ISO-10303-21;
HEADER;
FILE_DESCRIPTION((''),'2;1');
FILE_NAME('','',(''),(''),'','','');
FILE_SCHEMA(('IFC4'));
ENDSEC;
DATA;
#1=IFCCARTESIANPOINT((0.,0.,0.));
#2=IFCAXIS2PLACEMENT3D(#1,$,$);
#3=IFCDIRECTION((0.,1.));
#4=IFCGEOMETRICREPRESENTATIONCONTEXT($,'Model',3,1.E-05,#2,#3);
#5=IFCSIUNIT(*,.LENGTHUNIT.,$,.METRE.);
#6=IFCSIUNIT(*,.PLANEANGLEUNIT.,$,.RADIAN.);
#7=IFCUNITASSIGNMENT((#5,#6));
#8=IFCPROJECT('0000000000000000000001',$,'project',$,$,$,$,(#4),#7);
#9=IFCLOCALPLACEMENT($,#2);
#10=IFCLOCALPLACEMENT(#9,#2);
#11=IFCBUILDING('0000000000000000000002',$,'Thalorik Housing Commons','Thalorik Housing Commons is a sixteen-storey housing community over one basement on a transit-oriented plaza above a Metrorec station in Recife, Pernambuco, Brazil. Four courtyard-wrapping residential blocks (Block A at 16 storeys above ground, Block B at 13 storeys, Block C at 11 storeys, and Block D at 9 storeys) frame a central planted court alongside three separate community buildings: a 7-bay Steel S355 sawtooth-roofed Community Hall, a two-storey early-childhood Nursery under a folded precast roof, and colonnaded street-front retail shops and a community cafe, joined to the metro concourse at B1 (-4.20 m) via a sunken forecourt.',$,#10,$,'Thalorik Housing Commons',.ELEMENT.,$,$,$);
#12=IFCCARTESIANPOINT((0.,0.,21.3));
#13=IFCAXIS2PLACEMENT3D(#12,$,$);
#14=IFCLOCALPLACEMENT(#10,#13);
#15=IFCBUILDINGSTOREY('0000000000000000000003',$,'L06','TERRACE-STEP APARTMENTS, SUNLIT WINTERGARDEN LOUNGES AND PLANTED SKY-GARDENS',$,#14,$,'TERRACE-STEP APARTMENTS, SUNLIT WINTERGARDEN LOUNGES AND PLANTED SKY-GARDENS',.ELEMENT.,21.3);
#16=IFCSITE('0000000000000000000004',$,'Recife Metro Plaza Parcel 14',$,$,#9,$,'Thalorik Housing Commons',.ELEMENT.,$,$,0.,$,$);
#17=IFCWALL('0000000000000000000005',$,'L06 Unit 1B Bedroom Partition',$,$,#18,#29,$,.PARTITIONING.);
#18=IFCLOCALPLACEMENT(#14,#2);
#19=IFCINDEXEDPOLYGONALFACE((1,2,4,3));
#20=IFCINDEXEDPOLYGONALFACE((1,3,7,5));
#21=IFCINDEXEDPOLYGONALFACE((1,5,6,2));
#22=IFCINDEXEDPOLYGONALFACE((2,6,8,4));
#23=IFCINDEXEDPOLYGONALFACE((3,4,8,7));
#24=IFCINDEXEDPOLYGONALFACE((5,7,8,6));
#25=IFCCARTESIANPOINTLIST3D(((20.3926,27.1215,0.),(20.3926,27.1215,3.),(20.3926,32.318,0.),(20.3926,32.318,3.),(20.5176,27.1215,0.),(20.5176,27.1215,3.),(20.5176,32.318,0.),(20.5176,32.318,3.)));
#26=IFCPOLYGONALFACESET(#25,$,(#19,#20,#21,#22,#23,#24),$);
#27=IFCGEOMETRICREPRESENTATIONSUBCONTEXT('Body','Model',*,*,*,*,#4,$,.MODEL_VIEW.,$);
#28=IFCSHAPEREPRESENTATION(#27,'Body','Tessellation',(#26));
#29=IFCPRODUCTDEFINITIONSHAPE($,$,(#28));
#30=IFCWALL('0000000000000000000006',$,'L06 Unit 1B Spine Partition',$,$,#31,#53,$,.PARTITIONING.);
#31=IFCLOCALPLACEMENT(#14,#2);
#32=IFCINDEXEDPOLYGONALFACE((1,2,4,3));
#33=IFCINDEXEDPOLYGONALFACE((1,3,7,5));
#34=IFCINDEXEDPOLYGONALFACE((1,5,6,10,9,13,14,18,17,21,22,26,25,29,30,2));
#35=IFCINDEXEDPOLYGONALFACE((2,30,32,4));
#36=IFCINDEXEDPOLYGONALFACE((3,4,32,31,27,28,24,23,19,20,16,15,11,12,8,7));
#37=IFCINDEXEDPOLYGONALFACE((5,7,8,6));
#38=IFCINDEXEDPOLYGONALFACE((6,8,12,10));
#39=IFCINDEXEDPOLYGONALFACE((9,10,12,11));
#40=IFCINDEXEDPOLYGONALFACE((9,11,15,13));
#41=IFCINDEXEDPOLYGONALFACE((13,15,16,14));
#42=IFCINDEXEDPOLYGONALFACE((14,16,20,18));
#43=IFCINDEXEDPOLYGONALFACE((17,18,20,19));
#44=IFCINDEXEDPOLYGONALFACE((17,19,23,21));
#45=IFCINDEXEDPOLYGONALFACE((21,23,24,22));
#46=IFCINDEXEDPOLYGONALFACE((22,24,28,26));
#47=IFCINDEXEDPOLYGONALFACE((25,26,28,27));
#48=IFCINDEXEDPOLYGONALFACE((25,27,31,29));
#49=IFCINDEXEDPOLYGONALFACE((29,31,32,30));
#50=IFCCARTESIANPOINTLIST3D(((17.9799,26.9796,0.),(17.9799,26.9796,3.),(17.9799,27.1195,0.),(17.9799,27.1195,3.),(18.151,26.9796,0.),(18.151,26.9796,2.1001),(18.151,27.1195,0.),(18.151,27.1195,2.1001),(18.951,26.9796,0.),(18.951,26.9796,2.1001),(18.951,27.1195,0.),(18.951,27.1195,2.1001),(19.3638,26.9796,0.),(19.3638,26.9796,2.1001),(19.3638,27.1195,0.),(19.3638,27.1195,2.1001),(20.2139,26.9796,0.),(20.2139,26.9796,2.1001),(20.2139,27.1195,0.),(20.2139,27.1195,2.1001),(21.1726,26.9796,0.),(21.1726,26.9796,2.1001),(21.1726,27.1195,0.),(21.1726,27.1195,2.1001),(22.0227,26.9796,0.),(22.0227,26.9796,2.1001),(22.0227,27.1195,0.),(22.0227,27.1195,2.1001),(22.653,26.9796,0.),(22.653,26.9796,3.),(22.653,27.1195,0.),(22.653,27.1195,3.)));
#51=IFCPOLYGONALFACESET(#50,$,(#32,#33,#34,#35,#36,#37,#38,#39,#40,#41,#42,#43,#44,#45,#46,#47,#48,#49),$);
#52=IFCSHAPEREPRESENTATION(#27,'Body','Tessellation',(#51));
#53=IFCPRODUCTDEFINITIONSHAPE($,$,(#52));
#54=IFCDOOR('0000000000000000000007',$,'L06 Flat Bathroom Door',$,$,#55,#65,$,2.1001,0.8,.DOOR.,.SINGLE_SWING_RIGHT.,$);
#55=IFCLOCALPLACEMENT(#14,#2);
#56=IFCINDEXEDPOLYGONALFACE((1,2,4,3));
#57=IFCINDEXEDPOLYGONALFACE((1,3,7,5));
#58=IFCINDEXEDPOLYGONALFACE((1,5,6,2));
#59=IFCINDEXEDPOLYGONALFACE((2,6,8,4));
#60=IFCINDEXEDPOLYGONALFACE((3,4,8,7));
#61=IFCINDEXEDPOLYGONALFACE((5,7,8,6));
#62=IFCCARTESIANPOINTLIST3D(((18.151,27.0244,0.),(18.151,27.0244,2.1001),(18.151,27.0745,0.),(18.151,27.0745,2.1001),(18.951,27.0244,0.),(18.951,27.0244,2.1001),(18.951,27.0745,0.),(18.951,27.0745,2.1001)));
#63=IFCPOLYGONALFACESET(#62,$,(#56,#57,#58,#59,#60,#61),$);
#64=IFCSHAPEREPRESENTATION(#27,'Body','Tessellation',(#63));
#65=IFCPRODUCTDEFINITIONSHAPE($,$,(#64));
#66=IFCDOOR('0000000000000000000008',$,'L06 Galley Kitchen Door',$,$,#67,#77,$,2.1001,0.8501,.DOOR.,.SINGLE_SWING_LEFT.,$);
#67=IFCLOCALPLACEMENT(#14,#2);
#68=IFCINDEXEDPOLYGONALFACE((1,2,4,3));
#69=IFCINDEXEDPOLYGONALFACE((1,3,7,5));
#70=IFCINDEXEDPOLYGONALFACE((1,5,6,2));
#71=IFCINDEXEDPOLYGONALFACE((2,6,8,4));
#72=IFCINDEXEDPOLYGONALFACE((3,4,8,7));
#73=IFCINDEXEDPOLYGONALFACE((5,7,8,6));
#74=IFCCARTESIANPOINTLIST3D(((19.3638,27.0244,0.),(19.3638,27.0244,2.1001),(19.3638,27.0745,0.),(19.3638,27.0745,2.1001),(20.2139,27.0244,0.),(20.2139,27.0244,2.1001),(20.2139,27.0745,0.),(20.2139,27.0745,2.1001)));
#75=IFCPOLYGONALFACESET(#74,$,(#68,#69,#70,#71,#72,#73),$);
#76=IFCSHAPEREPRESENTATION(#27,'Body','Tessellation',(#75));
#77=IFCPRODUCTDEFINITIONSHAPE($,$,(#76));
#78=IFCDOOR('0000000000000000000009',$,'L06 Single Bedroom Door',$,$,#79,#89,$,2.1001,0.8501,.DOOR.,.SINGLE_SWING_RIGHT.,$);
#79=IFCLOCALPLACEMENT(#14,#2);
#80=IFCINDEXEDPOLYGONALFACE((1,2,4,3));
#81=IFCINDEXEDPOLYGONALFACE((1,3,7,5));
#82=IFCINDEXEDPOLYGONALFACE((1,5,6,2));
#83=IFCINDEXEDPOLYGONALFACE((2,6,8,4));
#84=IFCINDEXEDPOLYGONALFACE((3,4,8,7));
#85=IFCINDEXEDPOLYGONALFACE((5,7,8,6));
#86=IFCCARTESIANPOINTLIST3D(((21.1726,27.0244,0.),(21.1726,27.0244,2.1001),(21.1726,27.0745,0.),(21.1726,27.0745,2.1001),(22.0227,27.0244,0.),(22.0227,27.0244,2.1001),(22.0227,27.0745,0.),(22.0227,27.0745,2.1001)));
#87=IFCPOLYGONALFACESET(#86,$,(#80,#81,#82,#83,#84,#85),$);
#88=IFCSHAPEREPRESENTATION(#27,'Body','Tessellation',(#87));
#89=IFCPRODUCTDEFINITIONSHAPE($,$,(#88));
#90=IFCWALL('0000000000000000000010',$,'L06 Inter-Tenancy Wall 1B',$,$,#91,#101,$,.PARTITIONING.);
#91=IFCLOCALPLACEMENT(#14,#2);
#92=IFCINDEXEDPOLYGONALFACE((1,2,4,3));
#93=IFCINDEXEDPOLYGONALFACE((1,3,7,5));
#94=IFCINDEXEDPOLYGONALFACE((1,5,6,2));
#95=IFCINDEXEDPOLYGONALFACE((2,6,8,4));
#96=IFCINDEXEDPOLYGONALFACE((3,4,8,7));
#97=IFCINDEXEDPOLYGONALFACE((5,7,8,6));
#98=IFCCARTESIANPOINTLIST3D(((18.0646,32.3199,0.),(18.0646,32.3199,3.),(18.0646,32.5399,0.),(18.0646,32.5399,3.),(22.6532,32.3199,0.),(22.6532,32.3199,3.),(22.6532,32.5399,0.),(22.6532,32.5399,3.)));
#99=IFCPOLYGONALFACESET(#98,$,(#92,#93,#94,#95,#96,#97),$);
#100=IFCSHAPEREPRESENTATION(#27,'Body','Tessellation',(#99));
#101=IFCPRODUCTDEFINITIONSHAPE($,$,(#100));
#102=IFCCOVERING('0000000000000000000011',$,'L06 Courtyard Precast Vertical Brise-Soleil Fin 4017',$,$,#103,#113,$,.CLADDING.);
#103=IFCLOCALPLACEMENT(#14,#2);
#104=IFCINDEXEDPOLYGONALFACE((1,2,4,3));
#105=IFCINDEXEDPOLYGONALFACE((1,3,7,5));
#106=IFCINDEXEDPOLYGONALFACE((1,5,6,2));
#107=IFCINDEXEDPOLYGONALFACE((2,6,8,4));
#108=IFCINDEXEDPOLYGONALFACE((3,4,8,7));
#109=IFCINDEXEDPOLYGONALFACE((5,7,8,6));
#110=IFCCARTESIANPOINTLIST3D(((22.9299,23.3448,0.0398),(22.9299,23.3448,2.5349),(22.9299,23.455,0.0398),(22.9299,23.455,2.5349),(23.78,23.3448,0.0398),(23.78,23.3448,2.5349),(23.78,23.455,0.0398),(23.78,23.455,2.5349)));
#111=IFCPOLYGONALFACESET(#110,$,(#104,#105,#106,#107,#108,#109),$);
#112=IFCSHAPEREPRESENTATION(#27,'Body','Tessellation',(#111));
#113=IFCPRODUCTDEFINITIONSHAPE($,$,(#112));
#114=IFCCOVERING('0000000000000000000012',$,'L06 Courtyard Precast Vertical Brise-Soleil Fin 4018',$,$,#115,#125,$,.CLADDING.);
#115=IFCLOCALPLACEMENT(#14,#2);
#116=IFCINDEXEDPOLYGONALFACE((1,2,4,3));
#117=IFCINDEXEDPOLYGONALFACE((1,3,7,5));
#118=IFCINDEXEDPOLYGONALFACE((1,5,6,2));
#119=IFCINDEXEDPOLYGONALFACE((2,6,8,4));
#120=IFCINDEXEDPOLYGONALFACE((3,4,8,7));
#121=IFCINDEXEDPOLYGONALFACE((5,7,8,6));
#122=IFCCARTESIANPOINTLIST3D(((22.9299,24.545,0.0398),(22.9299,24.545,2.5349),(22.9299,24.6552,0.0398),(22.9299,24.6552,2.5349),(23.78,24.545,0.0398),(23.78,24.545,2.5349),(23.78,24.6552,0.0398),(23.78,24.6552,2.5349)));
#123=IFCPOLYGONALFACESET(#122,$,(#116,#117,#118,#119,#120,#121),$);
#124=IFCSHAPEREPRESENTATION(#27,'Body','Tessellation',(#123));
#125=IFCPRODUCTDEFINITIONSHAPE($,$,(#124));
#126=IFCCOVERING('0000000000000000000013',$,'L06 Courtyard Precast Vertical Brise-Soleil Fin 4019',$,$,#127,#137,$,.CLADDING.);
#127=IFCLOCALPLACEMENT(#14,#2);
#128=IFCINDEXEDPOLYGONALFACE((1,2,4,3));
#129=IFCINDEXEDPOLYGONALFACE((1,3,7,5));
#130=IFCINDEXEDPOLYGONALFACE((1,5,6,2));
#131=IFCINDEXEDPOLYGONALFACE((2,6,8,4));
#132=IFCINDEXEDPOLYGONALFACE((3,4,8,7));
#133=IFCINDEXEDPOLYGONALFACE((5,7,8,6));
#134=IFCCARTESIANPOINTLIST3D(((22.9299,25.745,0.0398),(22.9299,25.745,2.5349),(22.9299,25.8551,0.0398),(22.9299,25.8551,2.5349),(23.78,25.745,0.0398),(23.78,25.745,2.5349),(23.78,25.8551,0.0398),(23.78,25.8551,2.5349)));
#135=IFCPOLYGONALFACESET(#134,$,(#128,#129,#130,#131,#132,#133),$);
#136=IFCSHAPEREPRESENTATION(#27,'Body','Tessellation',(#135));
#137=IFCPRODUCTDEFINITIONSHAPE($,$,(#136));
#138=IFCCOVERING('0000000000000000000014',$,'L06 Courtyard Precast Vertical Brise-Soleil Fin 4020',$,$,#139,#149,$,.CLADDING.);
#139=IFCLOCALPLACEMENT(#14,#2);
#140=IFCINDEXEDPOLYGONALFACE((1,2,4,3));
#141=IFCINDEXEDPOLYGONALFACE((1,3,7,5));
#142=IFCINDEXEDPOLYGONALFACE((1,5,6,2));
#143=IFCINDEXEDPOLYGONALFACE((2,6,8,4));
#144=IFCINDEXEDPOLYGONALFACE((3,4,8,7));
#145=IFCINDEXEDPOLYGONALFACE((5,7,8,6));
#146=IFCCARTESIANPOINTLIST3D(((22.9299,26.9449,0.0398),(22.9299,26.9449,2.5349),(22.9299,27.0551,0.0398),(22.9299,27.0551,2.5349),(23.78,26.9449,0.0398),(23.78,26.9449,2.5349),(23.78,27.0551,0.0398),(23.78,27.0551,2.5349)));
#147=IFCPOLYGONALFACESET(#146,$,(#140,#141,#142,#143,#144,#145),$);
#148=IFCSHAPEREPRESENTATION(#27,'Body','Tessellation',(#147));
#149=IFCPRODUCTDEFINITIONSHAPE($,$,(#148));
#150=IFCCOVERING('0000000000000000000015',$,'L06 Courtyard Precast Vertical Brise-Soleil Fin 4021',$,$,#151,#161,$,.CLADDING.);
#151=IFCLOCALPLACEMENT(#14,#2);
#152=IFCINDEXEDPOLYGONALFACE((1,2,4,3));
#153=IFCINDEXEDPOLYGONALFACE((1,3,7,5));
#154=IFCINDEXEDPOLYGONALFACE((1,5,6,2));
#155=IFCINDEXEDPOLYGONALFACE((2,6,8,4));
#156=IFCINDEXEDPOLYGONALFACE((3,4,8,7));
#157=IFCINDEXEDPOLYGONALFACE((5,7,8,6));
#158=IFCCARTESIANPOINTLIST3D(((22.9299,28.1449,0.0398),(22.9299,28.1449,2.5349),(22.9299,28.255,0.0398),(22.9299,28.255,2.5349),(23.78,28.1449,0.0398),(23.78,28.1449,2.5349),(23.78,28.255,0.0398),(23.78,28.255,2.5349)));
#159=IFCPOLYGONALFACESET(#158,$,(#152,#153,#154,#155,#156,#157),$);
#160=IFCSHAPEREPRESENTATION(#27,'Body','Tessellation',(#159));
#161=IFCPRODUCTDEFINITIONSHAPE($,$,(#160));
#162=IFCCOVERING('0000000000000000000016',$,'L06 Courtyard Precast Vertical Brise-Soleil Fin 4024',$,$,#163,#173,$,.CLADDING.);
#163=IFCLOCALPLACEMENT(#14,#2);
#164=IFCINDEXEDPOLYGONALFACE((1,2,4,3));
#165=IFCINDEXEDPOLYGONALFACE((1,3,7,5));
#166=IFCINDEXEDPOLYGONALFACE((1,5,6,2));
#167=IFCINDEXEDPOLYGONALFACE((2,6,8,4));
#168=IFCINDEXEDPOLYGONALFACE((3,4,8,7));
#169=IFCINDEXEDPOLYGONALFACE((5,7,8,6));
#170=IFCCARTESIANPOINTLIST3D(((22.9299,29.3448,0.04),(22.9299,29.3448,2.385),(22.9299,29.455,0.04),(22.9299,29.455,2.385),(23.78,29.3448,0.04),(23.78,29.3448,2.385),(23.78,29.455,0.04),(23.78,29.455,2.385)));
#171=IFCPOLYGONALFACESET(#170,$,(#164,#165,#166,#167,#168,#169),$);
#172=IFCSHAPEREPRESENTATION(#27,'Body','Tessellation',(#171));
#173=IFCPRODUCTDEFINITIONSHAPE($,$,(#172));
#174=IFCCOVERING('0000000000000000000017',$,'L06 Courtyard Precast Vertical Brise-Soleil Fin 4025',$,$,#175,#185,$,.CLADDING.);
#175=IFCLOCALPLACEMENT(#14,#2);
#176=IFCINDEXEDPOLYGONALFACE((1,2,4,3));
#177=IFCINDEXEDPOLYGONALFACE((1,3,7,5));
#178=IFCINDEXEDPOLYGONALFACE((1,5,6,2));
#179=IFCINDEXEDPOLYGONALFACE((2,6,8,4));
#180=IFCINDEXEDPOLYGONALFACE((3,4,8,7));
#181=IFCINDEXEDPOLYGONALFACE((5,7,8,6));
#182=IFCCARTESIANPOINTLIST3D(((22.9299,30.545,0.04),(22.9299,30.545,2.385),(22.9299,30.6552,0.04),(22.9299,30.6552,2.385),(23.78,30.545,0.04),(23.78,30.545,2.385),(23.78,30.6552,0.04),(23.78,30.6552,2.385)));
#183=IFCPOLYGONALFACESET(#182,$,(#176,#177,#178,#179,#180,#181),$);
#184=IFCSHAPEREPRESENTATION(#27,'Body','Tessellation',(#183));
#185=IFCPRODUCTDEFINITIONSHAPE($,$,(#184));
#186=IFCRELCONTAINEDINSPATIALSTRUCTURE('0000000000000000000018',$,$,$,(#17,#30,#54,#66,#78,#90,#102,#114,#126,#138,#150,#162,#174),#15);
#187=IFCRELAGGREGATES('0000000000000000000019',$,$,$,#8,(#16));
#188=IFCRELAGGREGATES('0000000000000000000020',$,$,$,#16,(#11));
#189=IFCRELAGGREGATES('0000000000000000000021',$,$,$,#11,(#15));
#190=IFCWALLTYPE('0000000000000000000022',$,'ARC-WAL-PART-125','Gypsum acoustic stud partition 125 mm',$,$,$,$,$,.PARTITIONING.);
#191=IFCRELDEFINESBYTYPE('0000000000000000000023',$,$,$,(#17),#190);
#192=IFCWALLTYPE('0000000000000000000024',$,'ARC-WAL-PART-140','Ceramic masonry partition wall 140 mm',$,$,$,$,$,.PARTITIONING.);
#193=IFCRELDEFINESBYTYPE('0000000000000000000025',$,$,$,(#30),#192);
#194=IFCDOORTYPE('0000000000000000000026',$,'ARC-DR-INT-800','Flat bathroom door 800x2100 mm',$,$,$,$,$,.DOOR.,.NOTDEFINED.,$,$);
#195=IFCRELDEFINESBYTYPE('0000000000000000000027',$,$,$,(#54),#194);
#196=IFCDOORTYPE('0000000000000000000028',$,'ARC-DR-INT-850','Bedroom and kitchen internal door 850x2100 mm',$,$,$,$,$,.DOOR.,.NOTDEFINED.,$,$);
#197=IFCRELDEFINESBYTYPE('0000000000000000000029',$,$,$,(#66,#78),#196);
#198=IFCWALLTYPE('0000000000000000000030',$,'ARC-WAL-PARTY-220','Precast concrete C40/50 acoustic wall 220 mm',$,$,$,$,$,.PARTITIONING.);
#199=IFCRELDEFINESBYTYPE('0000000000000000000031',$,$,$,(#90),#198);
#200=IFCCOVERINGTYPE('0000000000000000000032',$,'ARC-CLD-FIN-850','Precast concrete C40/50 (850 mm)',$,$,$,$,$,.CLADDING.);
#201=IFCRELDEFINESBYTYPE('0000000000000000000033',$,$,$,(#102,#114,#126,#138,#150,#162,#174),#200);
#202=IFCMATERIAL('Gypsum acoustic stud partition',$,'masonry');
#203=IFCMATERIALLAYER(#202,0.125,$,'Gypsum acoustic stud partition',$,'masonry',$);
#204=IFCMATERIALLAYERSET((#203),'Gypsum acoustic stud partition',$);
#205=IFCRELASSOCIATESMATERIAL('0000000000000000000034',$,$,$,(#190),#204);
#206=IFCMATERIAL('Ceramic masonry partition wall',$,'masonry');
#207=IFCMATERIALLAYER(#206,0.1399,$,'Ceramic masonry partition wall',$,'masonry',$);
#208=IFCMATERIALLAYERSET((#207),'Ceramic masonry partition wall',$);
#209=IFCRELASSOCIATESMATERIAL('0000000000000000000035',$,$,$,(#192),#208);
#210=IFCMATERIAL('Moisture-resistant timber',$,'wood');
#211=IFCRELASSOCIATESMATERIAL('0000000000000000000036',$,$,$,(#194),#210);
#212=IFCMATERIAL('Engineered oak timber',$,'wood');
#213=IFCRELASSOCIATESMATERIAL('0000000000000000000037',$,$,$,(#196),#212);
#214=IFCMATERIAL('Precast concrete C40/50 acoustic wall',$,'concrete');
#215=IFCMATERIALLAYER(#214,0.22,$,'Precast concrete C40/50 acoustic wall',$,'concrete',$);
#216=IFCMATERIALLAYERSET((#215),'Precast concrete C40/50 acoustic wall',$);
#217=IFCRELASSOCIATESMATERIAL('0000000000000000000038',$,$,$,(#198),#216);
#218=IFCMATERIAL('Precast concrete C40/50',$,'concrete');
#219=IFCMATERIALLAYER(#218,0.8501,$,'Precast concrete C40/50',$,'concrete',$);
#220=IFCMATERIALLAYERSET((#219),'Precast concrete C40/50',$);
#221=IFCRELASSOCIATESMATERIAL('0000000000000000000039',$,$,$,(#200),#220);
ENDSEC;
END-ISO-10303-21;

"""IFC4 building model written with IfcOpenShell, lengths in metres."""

from ifc_helpers import new_model, si_unit, direction, frame, frame_2d, origin, origin_2d, place, context, subcontext, project, spatial, rectangle, extrude, material, layer, layer_set, type_object, element, fill, save


model = new_model("IFC4")

# Units and contexts
model_context = context("Model", 3, precision=1e-05, world=origin(), true_north=direction((0.0, 1.0)))
body_context = subcontext(model_context, "Body", "Model", "MODEL_VIEW")
ifc_project = project(units=[si_unit("LENGTHUNIT", "METRE"), si_unit("PLANEANGLEUNIT", "RADIAN")], contexts=[model_context])

# Site, building, storey
site_placement = place(None, origin())
site = spatial("IfcSite", under=ifc_project, at=site_placement, Name="Recife Metro Plaza Parcel 14", LongName="Thalorik Housing Commons", CompositionType="ELEMENT", RefElevation=0.0)
building_placement = place(site_placement, origin())
building = spatial("IfcBuilding", under=site, at=building_placement, Name="Thalorik Housing Commons", Description="Thalorik Housing Commons is a sixteen-storey housing community over one basement on a transit-oriented plaza above a Metrorec station in Recife, Pernambuco, Brazil. Four courtyard-wrapping residential blocks (Block A at 16 storeys above ground, Block B at 13 storeys, Block C at 11 storeys, and Block D at 9 storeys) frame a central planted court alongside three separate community buildings: a 7-bay Steel S355 sawtooth-roofed Community Hall, a two-storey early-childhood Nursery under a folded precast roof, and colonnaded street-front retail shops and a community cafe, joined to the metro concourse at B1 (-4.20 m) via a sunken forecourt.", LongName="Thalorik Housing Commons", CompositionType="ELEMENT")
storey_placement = place(building_placement, frame((0.0, 0.0, 21.3)))
storey = spatial("IfcBuildingStorey", under=building, at=storey_placement, Name="L06", Description="TERRACE-STEP APARTMENTS, SUNLIT WINTERGARDEN LOUNGES AND PLANTED SKY-GARDENS", LongName="TERRACE-STEP APARTMENTS, SUNLIT WINTERGARDEN LOUNGES AND PLANTED SKY-GARDENS", CompositionType="ELEMENT", Elevation=21.3)

# Shared definitions
ifc_material_1 = material(Name="Precast concrete C40/50", Category="concrete")

# Wall
ifc_material_2 = material(Name="Gypsum acoustic stud partition", Category="masonry")
ifc_layer_1 = layer(ifc_material_2, 0.125, Name="Gypsum acoustic stud partition", Category="masonry")
ifc_layer_set_1 = layer_set([ifc_layer_1], Name="Gypsum acoustic stud partition")
wall_type_1 = type_object("IfcWallType", Name="ARC-WAL-PART-125", Description="Gypsum acoustic stud partition 125 mm", PredefinedType="PARTITIONING", material=ifc_layer_set_1)
wall_1_placement = place(storey_placement, frame((20.4551, 27.1216, 0.0), z_axis=(0.0, 0.0, 1.0), x_axis=(0.0, 1.0, 0.0)))
element("IfcWall", 1, at=wall_1_placement, inside=storey, type_object=wall_type_1, Name="L06 Unit 1B Bedroom Partition", PredefinedType="PARTITIONING", context=body_context, shape_type="SweptSolid", body=[
    extrude(rectangle(XDim=5.1965, YDim=0.125, at=frame_2d((2.5981, 0.0))), origin(), (0.0, 0.0, 1.0), 3.0),
])

# Wall, openings, doors
ifc_material_3 = material(Name="Ceramic masonry partition wall", Category="masonry")
ifc_layer_2 = layer(ifc_material_3, 0.1399, Name="Ceramic masonry partition wall", Category="masonry")
ifc_layer_set_2 = layer_set([ifc_layer_2], Name="Ceramic masonry partition wall")
wall_type_2 = type_object("IfcWallType", Name="ARC-WAL-PART-140", Description="Ceramic masonry partition wall 140 mm", PredefinedType="PARTITIONING", material=ifc_layer_set_2)
wall_2_placement = place(storey_placement, frame((17.98, 27.0496, 0.0), z_axis=(0.0, 0.0, 1.0), x_axis=(1.0, 0.0, 0.0)))
wall_2 = element("IfcWall", 2, at=wall_2_placement, inside=storey, type_object=wall_type_2, Name="L06 Unit 1B Spine Partition", PredefinedType="PARTITIONING", context=body_context, shape_type="SweptSolid", body=[
    extrude(rectangle(XDim=4.6731, YDim=0.1399, at=frame_2d((2.3364, 0.0))), origin(), (0.0, 0.0, 1.0), 3.0),
])
opening_1_placement = place(wall_2_placement, frame((0.1711, 0.0, 0.0)))
opening_1 = element("IfcOpeningElement", 3, at=opening_1_placement, cuts=wall_2, PredefinedType="OPENING", context=body_context, shape_type="SweptSolid", body=[
    extrude(rectangle(XDim=0.8, YDim=2.1001, at=frame_2d((0.3999, 1.05))), frame((0.0, 0.0801, 0.0), z_axis=(0.0, -1.0, 0.0), x_axis=(1.0, 0.0, 0.0)), (0.0, 0.0, 1.0), 0.1599),
])
opening_2_placement = place(wall_2_placement, frame((1.3838, 0.0, 0.0)))
opening_2 = element("IfcOpeningElement", 4, at=opening_2_placement, cuts=wall_2, PredefinedType="OPENING", context=body_context, shape_type="SweptSolid", body=[
    extrude(rectangle(XDim=0.8501, YDim=2.1001, at=frame_2d((0.425, 1.05))), frame((0.0, 0.0801, 0.0), z_axis=(0.0, -1.0, 0.0), x_axis=(1.0, 0.0, 0.0)), (0.0, 0.0, 1.0), 0.1599),
])
opening_3_placement = place(wall_2_placement, frame((3.1926, 0.0, 0.0)))
opening_3 = element("IfcOpeningElement", 5, at=opening_3_placement, cuts=wall_2, PredefinedType="OPENING", context=body_context, shape_type="SweptSolid", body=[
    extrude(rectangle(XDim=0.8501, YDim=2.1001, at=frame_2d((0.425, 1.05))), frame((0.0, 0.0801, 0.0), z_axis=(0.0, -1.0, 0.0), x_axis=(1.0, 0.0, 0.0)), (0.0, 0.0, 1.0), 0.1599),
])
ifc_material_4 = material(Name="Moisture-resistant timber", Category="wood")
door_type_1 = type_object("IfcDoorType", Name="ARC-DR-INT-800", Description="Flat bathroom door 800x2100 mm", OperationType="NOTDEFINED", PredefinedType="DOOR", material=ifc_material_4)
door_1_placement = place(opening_1_placement, origin())
door_1 = element("IfcDoor", 6, at=door_1_placement, inside=storey, type_object=door_type_1, Name="L06 Flat Bathroom Door", OperationType="SINGLE_SWING_RIGHT", OverallHeight=2.1001, OverallWidth=0.8, PredefinedType="DOOR", context=body_context, shape_type="SweptSolid", body=[
    extrude(rectangle(XDim=0.8, YDim=2.1001, at=frame_2d((0.3999, 1.05))), frame((0.0, 0.0249, 0.0), z_axis=(0.0, -1.0, 0.0), x_axis=(1.0, 0.0, 0.0)), (0.0, 0.0, 1.0), 0.05),
])
fill(opening_1, door_1)
ifc_material_5 = material(Name="Engineered oak timber", Category="wood")
door_type_2 = type_object("IfcDoorType", Name="ARC-DR-INT-850", Description="Bedroom and kitchen internal door 850x2100 mm", OperationType="NOTDEFINED", PredefinedType="DOOR", material=ifc_material_5)
door_2_placement = place(opening_2_placement, origin())
door_2 = element("IfcDoor", 7, at=door_2_placement, inside=storey, type_object=door_type_2, Name="L06 Galley Kitchen Door", OperationType="SINGLE_SWING_LEFT", OverallHeight=2.1001, OverallWidth=0.8501, PredefinedType="DOOR", context=body_context, shape_type="SweptSolid", body=[
    extrude(rectangle(XDim=0.8501, YDim=2.1001, at=frame_2d((0.425, 1.05))), frame((0.0, 0.0249, 0.0), z_axis=(0.0, -1.0, 0.0), x_axis=(1.0, 0.0, 0.0)), (0.0, 0.0, 1.0), 0.05),
])
fill(opening_2, door_2)
door_3_placement = place(opening_3_placement, origin())
door_3 = element("IfcDoor", 8, at=door_3_placement, inside=storey, type_object=door_type_2, Name="L06 Single Bedroom Door", OperationType="SINGLE_SWING_RIGHT", OverallHeight=2.1001, OverallWidth=0.8501, PredefinedType="DOOR", context=body_context, shape_type="SweptSolid", body=[
    extrude(rectangle(XDim=0.8501, YDim=2.1001, at=frame_2d((0.425, 1.05))), frame((0.0, 0.0249, 0.0), z_axis=(0.0, -1.0, 0.0), x_axis=(1.0, 0.0, 0.0)), (0.0, 0.0, 1.0), 0.05),
])
fill(opening_3, door_3)

# Wall
ifc_material_6 = material(Name="Precast concrete C40/50 acoustic wall", Category="concrete")
ifc_layer_3 = layer(ifc_material_6, 0.22, Name="Precast concrete C40/50 acoustic wall", Category="concrete")
ifc_layer_set_3 = layer_set([ifc_layer_3], Name="Precast concrete C40/50 acoustic wall")
wall_type_3 = type_object("IfcWallType", Name="ARC-WAL-PARTY-220", Description="Precast concrete C40/50 acoustic wall 220 mm", PredefinedType="PARTITIONING", material=ifc_layer_set_3)
wall_3_placement = place(storey_placement, frame((18.0645, 32.4299, 0.0), z_axis=(0.0, 0.0, 1.0), x_axis=(1.0, 0.0, 0.0)))
element("IfcWall", 9, at=wall_3_placement, inside=storey, type_object=wall_type_3, Name="L06 Inter-Tenancy Wall 1B", PredefinedType="PARTITIONING", context=body_context, shape_type="SweptSolid", body=[
    extrude(rectangle(XDim=4.5886, YDim=0.22, at=frame_2d((2.2944, 0.0))), origin(), (0.0, 0.0, 1.0), 3.0),
])

# Coverings
ifc_layer_4 = layer(ifc_material_1, 0.8501, Name="Precast concrete C40/50", Category="concrete")
ifc_layer_set_4 = layer_set([ifc_layer_4], Name="Precast concrete C40/50")
covering_type_1 = type_object("IfcCoveringType", Name="ARC-CLD-FIN-850", Description="Precast concrete C40/50 (850 mm)", PredefinedType="CLADDING", material=ifc_layer_set_4)
for number, where, z_axis, x_axis, name in (
    (10, (23.355, 23.3999, 0.0398), (0.0, 0.0, 1.0), (0.0, 1.0, 0.0), "L06 Courtyard Precast Vertical Brise-Soleil Fin 4017"),
    (11, (23.355, 24.6001, 0.0398), (0.0, 0.0, 1.0), (0.0, 1.0, 0.0), "L06 Courtyard Precast Vertical Brise-Soleil Fin 4018"),
    (12, (23.355, 25.8, 0.0398), (0.0, 0.0, 1.0), (0.0, 1.0, 0.0), "L06 Courtyard Precast Vertical Brise-Soleil Fin 4019"),
    (13, (23.355, 27.0, 0.0398), (0.0, 0.0, 1.0), (0.0, 1.0, 0.0), "L06 Courtyard Precast Vertical Brise-Soleil Fin 4020"),
    (14, (23.355, 28.2, 0.0398), (0.0, 0.0, 1.0), (0.0, 1.0, 0.0), "L06 Courtyard Precast Vertical Brise-Soleil Fin 4021"),
):
    element("IfcCovering", number, at=place(storey_placement, frame(where, z_axis=z_axis, x_axis=x_axis)), inside=storey, type_object=covering_type_1, Name=name, PredefinedType="CLADDING", context=body_context, shape_type="SweptSolid", body=[
        extrude(rectangle(XDim=0.1101, YDim=0.8501, at=origin_2d()), origin(), (0.0, 0.0, 1.0), 2.4951),
    ])
for number, where, z_axis, x_axis, name in (
    (15, (23.355, 29.3999, 0.04), (0.0, 0.0, 1.0), (0.0, 1.0, 0.0), "L06 Courtyard Precast Vertical Brise-Soleil Fin 4024"),
    (16, (23.355, 30.6001, 0.04), (0.0, 0.0, 1.0), (0.0, 1.0, 0.0), "L06 Courtyard Precast Vertical Brise-Soleil Fin 4025"),
):
    element("IfcCovering", number, at=place(storey_placement, frame(where, z_axis=z_axis, x_axis=x_axis)), inside=storey, type_object=covering_type_1, Name=name, PredefinedType="CLADDING", context=body_context, shape_type="SweptSolid", body=[
        extrude(rectangle(XDim=0.1101, YDim=0.8501, at=origin_2d()), origin(), (0.0, 0.0, 1.0), 2.345),
    ])

save(model, "model.ifc")
